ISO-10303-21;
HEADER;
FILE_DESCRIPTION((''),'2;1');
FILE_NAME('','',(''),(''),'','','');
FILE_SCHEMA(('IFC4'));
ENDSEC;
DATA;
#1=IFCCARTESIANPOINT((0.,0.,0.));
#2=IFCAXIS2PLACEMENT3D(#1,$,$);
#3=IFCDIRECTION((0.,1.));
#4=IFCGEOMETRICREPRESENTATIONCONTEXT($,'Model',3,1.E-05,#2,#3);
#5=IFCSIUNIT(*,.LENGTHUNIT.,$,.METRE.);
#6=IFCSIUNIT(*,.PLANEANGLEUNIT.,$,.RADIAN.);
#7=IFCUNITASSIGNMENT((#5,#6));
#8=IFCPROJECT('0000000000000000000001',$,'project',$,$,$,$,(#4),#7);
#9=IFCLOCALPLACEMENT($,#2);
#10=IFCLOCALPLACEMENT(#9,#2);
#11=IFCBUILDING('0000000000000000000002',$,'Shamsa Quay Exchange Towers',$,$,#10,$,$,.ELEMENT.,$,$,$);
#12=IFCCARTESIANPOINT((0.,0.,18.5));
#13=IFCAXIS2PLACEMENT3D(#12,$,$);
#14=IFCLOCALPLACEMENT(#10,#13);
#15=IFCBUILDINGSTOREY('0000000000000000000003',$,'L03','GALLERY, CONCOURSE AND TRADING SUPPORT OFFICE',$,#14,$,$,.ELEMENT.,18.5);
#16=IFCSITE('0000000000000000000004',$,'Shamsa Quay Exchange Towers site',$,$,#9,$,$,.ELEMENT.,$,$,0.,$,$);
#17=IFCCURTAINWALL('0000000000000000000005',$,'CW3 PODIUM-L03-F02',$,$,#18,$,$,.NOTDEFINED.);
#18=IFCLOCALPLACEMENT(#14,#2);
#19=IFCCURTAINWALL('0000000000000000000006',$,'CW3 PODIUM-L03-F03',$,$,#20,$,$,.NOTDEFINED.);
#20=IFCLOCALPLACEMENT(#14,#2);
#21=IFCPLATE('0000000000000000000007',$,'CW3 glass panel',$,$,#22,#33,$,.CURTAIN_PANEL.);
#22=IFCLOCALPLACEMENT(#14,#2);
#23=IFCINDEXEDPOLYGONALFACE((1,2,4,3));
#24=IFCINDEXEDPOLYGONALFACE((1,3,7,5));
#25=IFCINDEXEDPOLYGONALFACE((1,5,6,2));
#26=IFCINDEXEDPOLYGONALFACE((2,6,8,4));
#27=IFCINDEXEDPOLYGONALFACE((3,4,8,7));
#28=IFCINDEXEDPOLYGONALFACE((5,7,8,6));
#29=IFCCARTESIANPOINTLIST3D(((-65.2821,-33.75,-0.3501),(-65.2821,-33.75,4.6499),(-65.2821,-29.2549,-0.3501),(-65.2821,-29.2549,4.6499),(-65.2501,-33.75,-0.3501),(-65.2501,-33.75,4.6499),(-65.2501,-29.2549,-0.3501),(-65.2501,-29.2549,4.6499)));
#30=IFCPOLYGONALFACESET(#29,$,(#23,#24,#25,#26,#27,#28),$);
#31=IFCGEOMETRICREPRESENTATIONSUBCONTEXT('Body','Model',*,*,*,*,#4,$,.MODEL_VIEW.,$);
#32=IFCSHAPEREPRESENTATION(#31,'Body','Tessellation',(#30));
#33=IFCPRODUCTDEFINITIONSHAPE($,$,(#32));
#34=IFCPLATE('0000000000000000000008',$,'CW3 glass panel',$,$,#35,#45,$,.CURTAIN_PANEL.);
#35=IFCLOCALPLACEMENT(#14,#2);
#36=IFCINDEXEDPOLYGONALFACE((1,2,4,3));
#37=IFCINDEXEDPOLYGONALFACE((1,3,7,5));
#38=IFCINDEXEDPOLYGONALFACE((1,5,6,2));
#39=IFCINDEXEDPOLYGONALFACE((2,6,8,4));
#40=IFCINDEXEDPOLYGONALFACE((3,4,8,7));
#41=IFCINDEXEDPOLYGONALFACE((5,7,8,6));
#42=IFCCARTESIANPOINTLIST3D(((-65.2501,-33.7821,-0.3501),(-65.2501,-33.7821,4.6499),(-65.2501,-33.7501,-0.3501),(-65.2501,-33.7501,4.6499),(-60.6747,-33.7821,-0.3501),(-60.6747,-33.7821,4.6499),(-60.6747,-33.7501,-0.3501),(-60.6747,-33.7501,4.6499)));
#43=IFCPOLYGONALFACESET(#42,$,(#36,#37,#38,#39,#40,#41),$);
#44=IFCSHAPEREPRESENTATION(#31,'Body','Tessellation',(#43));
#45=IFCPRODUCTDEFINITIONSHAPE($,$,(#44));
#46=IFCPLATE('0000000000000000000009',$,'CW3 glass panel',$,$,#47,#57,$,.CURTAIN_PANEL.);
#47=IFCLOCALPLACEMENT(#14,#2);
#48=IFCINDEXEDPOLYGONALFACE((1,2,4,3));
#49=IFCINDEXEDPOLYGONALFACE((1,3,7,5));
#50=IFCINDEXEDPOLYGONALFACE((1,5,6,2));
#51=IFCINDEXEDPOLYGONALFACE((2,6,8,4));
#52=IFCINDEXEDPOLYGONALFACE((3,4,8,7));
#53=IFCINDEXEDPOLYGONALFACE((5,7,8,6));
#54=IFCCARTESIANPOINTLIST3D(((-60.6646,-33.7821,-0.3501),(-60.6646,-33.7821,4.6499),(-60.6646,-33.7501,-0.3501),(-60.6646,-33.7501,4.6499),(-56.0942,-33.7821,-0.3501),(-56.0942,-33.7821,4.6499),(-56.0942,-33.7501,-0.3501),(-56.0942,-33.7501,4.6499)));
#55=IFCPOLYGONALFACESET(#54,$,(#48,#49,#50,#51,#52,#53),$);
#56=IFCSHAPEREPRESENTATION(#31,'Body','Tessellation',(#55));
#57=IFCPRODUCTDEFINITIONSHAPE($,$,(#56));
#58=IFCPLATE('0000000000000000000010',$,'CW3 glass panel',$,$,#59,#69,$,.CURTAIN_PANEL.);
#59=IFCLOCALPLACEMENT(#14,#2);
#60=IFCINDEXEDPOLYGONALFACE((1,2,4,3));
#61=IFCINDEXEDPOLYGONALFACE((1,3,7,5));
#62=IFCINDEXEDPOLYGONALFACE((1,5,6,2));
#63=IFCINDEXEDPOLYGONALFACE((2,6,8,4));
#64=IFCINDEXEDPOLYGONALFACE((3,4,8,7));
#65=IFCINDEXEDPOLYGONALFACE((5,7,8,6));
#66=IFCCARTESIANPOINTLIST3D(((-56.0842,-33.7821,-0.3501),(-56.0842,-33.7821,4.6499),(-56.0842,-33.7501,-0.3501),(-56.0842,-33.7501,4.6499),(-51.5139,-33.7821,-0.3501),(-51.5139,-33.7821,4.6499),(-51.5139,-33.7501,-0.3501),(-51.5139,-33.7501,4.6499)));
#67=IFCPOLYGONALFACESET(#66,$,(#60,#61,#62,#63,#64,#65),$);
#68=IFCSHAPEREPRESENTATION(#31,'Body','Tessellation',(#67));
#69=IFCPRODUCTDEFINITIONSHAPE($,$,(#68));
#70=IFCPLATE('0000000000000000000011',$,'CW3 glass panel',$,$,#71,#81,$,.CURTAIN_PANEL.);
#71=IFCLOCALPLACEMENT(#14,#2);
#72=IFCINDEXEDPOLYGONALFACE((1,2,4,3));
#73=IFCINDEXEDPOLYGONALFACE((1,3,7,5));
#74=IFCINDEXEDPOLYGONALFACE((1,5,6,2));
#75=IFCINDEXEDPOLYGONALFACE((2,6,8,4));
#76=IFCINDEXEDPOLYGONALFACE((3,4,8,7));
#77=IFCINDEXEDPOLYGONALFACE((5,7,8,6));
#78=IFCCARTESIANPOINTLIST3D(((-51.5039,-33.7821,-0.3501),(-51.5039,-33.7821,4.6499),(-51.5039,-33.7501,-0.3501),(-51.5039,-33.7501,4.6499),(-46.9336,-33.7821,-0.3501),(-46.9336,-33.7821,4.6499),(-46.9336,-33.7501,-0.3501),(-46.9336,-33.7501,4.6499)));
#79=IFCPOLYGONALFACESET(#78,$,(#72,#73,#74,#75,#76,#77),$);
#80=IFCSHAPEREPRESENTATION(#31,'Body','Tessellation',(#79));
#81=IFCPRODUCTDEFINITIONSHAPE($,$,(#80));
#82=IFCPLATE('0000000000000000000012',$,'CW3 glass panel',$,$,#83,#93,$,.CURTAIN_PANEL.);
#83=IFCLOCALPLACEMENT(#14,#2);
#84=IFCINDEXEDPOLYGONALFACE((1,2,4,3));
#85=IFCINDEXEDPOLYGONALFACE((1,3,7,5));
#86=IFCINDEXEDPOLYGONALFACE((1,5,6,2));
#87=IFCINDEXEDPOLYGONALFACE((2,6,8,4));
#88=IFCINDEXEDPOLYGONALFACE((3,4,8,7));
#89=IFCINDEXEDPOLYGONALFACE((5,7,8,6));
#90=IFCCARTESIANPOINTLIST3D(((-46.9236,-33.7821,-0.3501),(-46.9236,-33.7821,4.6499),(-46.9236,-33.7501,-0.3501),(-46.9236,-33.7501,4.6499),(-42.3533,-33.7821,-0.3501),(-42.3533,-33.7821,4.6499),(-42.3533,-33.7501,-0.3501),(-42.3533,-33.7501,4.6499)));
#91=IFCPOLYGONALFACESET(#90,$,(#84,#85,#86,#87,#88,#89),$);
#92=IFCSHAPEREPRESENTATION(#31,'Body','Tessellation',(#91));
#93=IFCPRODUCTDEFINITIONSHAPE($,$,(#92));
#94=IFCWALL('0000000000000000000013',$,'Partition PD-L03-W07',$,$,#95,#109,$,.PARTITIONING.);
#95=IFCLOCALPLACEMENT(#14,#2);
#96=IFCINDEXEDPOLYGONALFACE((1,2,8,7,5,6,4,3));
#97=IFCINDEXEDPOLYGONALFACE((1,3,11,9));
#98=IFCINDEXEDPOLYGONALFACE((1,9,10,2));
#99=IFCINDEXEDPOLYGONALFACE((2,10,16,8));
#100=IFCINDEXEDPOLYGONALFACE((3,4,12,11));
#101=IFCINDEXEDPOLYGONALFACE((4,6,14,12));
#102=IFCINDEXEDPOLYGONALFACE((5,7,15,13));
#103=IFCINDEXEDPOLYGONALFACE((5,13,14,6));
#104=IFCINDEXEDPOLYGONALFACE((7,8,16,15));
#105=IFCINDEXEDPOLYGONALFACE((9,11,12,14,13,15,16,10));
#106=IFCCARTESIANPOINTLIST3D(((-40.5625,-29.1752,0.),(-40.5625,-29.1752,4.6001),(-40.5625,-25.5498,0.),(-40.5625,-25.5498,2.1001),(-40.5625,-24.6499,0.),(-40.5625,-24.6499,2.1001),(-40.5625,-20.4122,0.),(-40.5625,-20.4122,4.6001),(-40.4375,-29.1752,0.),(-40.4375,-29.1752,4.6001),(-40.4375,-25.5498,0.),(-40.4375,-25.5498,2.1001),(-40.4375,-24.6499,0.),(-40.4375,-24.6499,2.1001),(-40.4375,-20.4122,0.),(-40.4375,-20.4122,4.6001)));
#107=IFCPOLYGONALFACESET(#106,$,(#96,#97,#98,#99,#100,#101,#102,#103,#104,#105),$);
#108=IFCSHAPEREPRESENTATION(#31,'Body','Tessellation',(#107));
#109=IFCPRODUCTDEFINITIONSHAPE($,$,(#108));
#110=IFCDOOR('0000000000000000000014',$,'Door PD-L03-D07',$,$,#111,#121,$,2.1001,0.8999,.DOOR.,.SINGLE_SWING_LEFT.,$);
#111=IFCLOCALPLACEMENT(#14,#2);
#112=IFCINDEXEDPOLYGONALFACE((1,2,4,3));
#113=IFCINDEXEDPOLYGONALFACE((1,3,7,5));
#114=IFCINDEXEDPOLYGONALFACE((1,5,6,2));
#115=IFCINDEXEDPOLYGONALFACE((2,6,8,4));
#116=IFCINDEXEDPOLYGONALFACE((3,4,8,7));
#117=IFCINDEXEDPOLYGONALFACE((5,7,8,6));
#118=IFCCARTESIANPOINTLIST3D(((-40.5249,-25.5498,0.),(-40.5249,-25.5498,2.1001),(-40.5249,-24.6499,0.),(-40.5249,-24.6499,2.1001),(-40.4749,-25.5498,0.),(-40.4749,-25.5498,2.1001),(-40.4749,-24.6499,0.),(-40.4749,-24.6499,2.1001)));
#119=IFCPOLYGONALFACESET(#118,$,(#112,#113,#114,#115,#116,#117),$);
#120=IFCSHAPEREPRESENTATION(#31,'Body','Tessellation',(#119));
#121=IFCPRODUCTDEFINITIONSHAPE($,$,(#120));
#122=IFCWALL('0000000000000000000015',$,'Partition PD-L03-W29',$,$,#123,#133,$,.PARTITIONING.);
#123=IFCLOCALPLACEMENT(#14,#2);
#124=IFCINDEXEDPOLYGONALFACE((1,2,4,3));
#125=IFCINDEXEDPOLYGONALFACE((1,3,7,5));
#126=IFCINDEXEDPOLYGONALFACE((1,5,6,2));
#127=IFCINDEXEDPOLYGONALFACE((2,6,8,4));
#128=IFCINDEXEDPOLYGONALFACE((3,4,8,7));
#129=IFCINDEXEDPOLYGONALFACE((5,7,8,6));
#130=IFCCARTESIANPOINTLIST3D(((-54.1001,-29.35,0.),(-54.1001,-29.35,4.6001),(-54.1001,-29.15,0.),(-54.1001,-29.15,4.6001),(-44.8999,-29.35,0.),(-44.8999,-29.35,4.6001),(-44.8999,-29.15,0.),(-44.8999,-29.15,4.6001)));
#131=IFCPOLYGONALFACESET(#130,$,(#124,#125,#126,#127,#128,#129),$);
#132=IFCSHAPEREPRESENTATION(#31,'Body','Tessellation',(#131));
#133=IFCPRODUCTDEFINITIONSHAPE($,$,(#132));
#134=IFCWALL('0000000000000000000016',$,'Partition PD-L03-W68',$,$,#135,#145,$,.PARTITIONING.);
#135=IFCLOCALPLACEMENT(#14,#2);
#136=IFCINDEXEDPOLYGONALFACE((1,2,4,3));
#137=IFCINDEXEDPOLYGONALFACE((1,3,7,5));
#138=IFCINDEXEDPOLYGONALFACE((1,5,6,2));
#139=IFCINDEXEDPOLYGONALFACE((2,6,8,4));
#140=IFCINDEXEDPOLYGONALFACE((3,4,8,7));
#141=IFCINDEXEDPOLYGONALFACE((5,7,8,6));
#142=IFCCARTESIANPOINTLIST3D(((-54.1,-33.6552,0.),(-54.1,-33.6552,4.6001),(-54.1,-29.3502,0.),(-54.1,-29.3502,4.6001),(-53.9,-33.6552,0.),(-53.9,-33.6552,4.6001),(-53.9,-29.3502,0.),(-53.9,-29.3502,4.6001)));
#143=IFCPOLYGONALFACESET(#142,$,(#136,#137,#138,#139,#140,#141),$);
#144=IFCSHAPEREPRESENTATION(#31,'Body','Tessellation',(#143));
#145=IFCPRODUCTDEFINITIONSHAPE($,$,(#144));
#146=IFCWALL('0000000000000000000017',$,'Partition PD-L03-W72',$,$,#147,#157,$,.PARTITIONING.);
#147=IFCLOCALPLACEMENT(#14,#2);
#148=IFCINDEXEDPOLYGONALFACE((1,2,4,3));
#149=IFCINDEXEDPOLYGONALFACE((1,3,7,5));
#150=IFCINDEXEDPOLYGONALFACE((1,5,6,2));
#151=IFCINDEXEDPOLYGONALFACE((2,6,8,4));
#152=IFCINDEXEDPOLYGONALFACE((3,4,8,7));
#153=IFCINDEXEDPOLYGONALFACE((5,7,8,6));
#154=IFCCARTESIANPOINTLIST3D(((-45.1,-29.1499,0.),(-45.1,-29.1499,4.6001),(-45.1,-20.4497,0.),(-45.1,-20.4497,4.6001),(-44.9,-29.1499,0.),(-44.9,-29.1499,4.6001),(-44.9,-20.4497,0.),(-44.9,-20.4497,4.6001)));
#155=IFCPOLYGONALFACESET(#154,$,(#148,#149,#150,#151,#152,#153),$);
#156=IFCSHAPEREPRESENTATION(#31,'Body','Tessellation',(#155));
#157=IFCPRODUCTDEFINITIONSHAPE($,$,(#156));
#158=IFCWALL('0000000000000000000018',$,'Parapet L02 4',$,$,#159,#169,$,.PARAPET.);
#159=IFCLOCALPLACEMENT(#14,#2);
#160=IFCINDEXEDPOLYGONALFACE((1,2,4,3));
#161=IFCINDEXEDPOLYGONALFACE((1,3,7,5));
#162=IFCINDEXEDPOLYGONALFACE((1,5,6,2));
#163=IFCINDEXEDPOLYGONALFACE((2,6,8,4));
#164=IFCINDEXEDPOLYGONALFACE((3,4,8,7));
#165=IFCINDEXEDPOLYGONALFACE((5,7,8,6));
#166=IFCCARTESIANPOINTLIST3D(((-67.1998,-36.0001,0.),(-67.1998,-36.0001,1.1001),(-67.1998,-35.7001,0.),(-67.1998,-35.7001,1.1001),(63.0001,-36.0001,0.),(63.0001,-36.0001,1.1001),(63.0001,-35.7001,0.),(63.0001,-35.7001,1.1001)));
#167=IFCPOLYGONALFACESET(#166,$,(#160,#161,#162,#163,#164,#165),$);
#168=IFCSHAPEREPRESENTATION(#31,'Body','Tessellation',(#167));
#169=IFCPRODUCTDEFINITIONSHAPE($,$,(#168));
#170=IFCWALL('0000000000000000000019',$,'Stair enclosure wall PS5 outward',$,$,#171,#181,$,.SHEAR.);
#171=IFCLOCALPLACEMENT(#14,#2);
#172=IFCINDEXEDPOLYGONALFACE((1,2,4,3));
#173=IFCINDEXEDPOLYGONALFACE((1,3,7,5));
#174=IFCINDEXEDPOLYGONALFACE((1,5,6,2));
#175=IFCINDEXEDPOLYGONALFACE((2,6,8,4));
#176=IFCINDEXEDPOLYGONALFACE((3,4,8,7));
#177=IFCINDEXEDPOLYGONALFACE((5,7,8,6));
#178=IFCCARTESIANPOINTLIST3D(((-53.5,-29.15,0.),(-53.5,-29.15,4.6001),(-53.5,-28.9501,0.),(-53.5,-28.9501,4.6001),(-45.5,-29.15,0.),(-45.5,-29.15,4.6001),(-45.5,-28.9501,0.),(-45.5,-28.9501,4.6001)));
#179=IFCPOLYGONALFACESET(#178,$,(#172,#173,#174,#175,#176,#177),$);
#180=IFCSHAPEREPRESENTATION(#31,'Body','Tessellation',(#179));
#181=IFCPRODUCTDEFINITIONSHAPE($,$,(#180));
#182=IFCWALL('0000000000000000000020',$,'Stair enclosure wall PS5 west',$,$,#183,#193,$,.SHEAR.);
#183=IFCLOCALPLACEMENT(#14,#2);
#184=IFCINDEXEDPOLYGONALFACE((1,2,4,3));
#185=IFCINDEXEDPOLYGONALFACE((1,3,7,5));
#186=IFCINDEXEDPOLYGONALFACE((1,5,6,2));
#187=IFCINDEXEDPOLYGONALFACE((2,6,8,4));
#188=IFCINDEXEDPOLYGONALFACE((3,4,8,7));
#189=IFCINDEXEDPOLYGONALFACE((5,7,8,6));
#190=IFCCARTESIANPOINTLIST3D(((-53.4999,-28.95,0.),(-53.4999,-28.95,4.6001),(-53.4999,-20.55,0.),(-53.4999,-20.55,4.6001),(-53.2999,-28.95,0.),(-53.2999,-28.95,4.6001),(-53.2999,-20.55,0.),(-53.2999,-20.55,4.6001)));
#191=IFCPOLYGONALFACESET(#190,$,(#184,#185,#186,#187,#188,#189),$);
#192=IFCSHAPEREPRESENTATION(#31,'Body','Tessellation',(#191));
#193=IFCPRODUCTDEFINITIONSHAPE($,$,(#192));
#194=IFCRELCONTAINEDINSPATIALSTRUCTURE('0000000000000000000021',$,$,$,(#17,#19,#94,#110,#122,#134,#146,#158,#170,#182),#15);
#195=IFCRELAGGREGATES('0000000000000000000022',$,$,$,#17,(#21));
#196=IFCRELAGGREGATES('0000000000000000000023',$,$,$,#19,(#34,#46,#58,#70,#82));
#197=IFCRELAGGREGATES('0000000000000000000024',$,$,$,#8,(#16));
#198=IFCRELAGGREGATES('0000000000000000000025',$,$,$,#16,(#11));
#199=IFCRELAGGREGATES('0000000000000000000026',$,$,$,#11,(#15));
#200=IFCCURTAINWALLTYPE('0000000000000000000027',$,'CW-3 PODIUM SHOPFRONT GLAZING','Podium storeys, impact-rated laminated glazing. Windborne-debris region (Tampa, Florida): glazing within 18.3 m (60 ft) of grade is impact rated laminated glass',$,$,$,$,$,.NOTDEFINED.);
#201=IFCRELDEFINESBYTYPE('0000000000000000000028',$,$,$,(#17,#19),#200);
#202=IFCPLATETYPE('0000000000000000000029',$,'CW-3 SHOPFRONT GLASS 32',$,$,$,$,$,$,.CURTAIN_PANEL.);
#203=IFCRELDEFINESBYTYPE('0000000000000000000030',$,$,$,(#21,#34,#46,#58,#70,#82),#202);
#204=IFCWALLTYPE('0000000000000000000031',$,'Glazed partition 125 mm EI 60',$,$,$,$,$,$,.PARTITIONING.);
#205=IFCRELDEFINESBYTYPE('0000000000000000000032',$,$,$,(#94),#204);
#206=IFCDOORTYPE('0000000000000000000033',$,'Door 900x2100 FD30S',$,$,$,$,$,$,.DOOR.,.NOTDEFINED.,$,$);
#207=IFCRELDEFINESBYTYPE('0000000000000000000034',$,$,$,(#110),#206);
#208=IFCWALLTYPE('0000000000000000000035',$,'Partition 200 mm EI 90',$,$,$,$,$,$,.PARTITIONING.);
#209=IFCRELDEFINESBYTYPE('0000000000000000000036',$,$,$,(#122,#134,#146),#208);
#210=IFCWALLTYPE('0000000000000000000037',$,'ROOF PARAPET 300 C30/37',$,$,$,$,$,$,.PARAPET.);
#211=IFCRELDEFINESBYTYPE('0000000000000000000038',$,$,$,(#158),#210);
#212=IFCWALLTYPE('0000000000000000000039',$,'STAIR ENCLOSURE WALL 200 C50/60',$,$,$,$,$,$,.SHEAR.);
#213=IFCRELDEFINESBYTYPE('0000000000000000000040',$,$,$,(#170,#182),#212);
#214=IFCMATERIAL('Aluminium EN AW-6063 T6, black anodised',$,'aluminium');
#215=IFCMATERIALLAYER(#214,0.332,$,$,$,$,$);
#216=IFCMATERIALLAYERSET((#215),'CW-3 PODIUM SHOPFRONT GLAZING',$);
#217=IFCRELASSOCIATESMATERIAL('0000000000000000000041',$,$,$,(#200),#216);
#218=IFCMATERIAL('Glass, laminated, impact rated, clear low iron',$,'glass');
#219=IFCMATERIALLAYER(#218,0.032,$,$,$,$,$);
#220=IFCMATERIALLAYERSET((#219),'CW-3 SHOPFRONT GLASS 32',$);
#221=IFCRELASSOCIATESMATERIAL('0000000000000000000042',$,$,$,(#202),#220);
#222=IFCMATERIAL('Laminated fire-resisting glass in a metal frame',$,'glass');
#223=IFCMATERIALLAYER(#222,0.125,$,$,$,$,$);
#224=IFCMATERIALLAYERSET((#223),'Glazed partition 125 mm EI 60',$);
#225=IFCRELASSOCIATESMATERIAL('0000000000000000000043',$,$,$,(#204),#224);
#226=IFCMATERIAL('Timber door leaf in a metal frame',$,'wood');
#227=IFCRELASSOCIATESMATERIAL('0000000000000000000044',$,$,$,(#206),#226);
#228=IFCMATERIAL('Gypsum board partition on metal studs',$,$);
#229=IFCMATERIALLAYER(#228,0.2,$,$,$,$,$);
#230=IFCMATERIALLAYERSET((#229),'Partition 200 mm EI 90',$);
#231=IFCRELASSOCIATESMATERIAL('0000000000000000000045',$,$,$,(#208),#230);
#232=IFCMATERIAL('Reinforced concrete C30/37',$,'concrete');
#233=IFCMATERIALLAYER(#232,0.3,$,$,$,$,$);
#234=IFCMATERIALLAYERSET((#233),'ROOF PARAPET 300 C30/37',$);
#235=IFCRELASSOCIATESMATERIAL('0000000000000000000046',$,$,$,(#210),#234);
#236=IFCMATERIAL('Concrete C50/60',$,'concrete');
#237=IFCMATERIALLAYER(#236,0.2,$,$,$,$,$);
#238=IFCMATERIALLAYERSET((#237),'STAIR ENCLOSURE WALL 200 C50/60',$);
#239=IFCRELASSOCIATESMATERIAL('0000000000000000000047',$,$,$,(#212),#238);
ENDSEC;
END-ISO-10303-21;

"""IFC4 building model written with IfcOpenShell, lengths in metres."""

from ifc_helpers import new_model, si_unit, direction, frame, frame_2d, origin, origin_2d, place, context, subcontext, project, spatial, rectangle, extrude, material, layer, layer_set, type_object, element, fill, aggregate, save


model = new_model("IFC4")

# Units and contexts
model_context = context("Model", 3, precision=1e-05, world=origin(), true_north=direction((0.0, 1.0)))
body_context = subcontext(model_context, "Body", "Model", "MODEL_VIEW")
ifc_project = project(units=[si_unit("LENGTHUNIT", "METRE"), si_unit("PLANEANGLEUNIT", "RADIAN")], contexts=[model_context])

# Site, building, storey
site_placement = place(None, origin())
site = spatial("IfcSite", under=ifc_project, at=site_placement, Name="Shamsa Quay Exchange Towers site", CompositionType="ELEMENT", RefElevation=0.0)
building_placement = place(site_placement, origin())
building = spatial("IfcBuilding", under=site, at=building_placement, Name="Shamsa Quay Exchange Towers", CompositionType="ELEMENT")
storey_placement = place(building_placement, frame((0.0, 0.0, 18.5)))
storey = spatial("IfcBuildingStorey", under=building, at=storey_placement, Name="L03", Description="GALLERY, CONCOURSE AND TRADING SUPPORT OFFICE", CompositionType="ELEMENT", Elevation=18.5)

# Curtain walls
ifc_material_1 = material(Name="Aluminium EN AW-6063 T6, black anodised", Category="aluminium")
ifc_layer_1 = layer(ifc_material_1, 0.332)
ifc_layer_set_1 = layer_set([ifc_layer_1], Name="CW-3 PODIUM SHOPFRONT GLAZING")
curtain_wall_type = type_object("IfcCurtainWallType", Name="CW-3 PODIUM SHOPFRONT GLAZING", Description="Podium storeys, impact-rated laminated glazing. Windborne-debris region (Tampa, Florida): glazing within 18.3 m (60 ft) of grade is impact rated laminated glass", PredefinedType="NOTDEFINED", material=ifc_layer_set_1)
curtain_wall_1_placement = place(storey_placement, origin())
curtain_wall_1 = element("IfcCurtainWall", 1, at=curtain_wall_1_placement, inside=storey, type_object=curtain_wall_type, Name="CW3 PODIUM-L03-F02", PredefinedType="NOTDEFINED")
curtain_wall_2_placement = place(storey_placement, origin())
curtain_wall_2 = element("IfcCurtainWall", 2, at=curtain_wall_2_placement, inside=storey, type_object=curtain_wall_type, Name="CW3 PODIUM-L03-F03", PredefinedType="NOTDEFINED")

# Plates
ifc_material_2 = material(Name="Glass, laminated, impact rated, clear low iron", Category="glass")
ifc_layer_2 = layer(ifc_material_2, 0.032)
ifc_layer_set_2 = layer_set([ifc_layer_2], Name="CW-3 SHOPFRONT GLASS 32")
plate_type = type_object("IfcPlateType", Name="CW-3 SHOPFRONT GLASS 32", PredefinedType="CURTAIN_PANEL", material=ifc_layer_set_2)
plate_1_placement = place(storey_placement, frame((-65.2661, -31.5024, -0.3501), z_axis=(0.0, 0.0, 1.0), x_axis=(0.0, -1.0, 0.0)))
plate_1 = element("IfcPlate", 3, at=plate_1_placement, type_object=plate_type, Name="CW3 glass panel", PredefinedType="CURTAIN_PANEL", context=body_context, shape_type="SweptSolid", body=[
    extrude(rectangle(XDim=4.4951, YDim=0.032, at=origin_2d()), origin(), (0.0, 0.0, 1.0), 5.0),
])
aggregate(curtain_wall_1, [plate_1])
plate_2_placement = place(storey_placement, frame((-62.9624, -33.7661, -0.3501)))
plate_2 = element("IfcPlate", 4, at=plate_2_placement, type_object=plate_type, Name="CW3 glass panel", PredefinedType="CURTAIN_PANEL", context=body_context, shape_type="SweptSolid", body=[
    extrude(rectangle(XDim=4.5754, YDim=0.032, at=origin_2d()), origin(), (0.0, 0.0, 1.0), 5.0),
])
plate_3_placement = place(storey_placement, frame((-58.3794, -33.7661, -0.3501)))
plate_3 = element("IfcPlate", 5, at=plate_3_placement, type_object=plate_type, Name="CW3 glass panel", PredefinedType="CURTAIN_PANEL", context=body_context, shape_type="SweptSolid", body=[
    extrude(rectangle(XDim=4.5703, YDim=0.032, at=origin_2d()), origin(), (0.0, 0.0, 1.0), 5.0),
])
plate_4_placement = place(storey_placement, frame((-53.7991, -33.7661, -0.3501)))
plate_4 = element("IfcPlate", 6, at=plate_4_placement, type_object=plate_type, Name="CW3 glass panel", PredefinedType="CURTAIN_PANEL", context=body_context, shape_type="SweptSolid", body=[
    extrude(rectangle(XDim=4.5703, YDim=0.032, at=origin_2d()), origin(), (0.0, 0.0, 1.0), 5.0),
])
plate_5_placement = place(storey_placement, frame((-49.2188, -33.7661, -0.3501)))
plate_5 = element("IfcPlate", 7, at=plate_5_placement, type_object=plate_type, Name="CW3 glass panel", PredefinedType="CURTAIN_PANEL", context=body_context, shape_type="SweptSolid", body=[
    extrude(rectangle(XDim=4.5703, YDim=0.032, at=origin_2d()), origin(), (0.0, 0.0, 1.0), 5.0),
])
plate_6_placement = place(storey_placement, frame((-44.6384, -33.7661, -0.3501)))
plate_6 = element("IfcPlate", 8, at=plate_6_placement, type_object=plate_type, Name="CW3 glass panel", PredefinedType="CURTAIN_PANEL", context=body_context, shape_type="SweptSolid", body=[
    extrude(rectangle(XDim=4.5703, YDim=0.032, at=origin_2d()), origin(), (0.0, 0.0, 1.0), 5.0),
])
aggregate(curtain_wall_2, [plate_2, plate_3, plate_4, plate_5, plate_6])

# Wall, opening, door
ifc_material_3 = material(Name="Laminated fire-resisting glass in a metal frame", Category="glass")
ifc_layer_3 = layer(ifc_material_3, 0.125)
ifc_layer_set_3 = layer_set([ifc_layer_3], Name="Glazed partition 125 mm EI 60")
wall_type_1 = type_object("IfcWallType", Name="Glazed partition 125 mm EI 60", PredefinedType="PARTITIONING", material=ifc_layer_set_3)
wall_1_placement = place(storey_placement, frame((-40.5, -29.175, 0.0), z_axis=(0.0, 0.0, 1.0), x_axis=(0.0, 1.0, 0.0)))
wall_1 = element("IfcWall", 9, at=wall_1_placement, inside=storey, type_object=wall_type_1, Name="Partition PD-L03-W07", PredefinedType="PARTITIONING", context=body_context, shape_type="SweptSolid", body=[
    extrude(rectangle(XDim=8.7629, YDim=0.125, at=frame_2d((4.3813, 0.0))), origin(), (0.0, 0.0, 1.0), 4.6001),
])
opening_1_placement = place(wall_1_placement, frame((3.6252, 0.0, 0.0)))
opening_1 = element("IfcOpeningElement", 10, at=opening_1_placement, cuts=wall_1, PredefinedType="OPENING", context=body_context, shape_type="SweptSolid", body=[
    extrude(rectangle(XDim=0.8999, YDim=2.1001, at=frame_2d((0.45, 1.05))), frame((0.0, 0.0725, 0.0), z_axis=(0.0, -1.0, 0.0), x_axis=(1.0, 0.0, 0.0)), (0.0, 0.0, 1.0), 0.145),
])
ifc_material_4 = material(Name="Timber door leaf in a metal frame", Category="wood")
door_type_1 = type_object("IfcDoorType", Name="Door 900x2100 FD30S", OperationType="NOTDEFINED", PredefinedType="DOOR", material=ifc_material_4)
door_1_placement = place(opening_1_placement, origin())
door_1 = element("IfcDoor", 11, at=door_1_placement, inside=storey, type_object=door_type_1, Name="Door PD-L03-D07", OperationType="SINGLE_SWING_LEFT", OverallHeight=2.1001, OverallWidth=0.8999, PredefinedType="DOOR", context=body_context, shape_type="SweptSolid", body=[
    extrude(rectangle(XDim=0.8999, YDim=2.1001, at=frame_2d((0.45, 1.05))), frame((0.0, 0.0249, 0.0), z_axis=(0.0, -1.0, 0.0), x_axis=(1.0, 0.0, 0.0)), (0.0, 0.0, 1.0), 0.05),
])
fill(opening_1, door_1)
ifc_material_5 = material(Name="Gypsum board partition on metal studs")

# Walls
ifc_layer_4 = layer(ifc_material_5, 0.2)
ifc_layer_set_4 = layer_set([ifc_layer_4], Name="Partition 200 mm EI 90")
wall_type_2 = type_object("IfcWallType", Name="Partition 200 mm EI 90", PredefinedType="PARTITIONING", material=ifc_layer_set_4)
wall_2_placement = place(storey_placement, frame((-54.1001, -29.25, 0.0)))
element("IfcWall", 12, at=wall_2_placement, inside=storey, type_object=wall_type_2, Name="Partition PD-L03-W29", PredefinedType="PARTITIONING", context=body_context, shape_type="SweptSolid", body=[
    extrude(rectangle(XDim=9.2002, YDim=0.2, at=frame_2d((4.6001, 0.0))), origin(), (0.0, 0.0, 1.0), 4.6001),
])
wall_3_placement = place(storey_placement, frame((-54.0, -33.655, 0.0), z_axis=(0.0, 0.0, 1.0), x_axis=(0.0, 1.0, 0.0)))
element("IfcWall", 13, at=wall_3_placement, inside=storey, type_object=wall_type_2, Name="Partition PD-L03-W68", PredefinedType="PARTITIONING", context=body_context, shape_type="SweptSolid", body=[
    extrude(rectangle(XDim=4.3049, YDim=0.2, at=frame_2d((2.1523, 0.0))), origin(), (0.0, 0.0, 1.0), 4.6001),
])
wall_4_placement = place(storey_placement, frame((-45.0, -29.1499, 0.0), z_axis=(0.0, 0.0, 1.0), x_axis=(0.0, 1.0, 0.0)))
element("IfcWall", 14, at=wall_4_placement, inside=storey, type_object=wall_type_2, Name="Partition PD-L03-W72", PredefinedType="PARTITIONING", context=body_context, shape_type="SweptSolid", body=[
    extrude(rectangle(XDim=8.7002, YDim=0.2, at=frame_2d((4.3501, 0.0))), origin(), (0.0, 0.0, 1.0), 4.6001),
])
ifc_material_6 = material(Name="Reinforced concrete C30/37", Category="concrete")
ifc_layer_5 = layer(ifc_material_6, 0.3)
ifc_layer_set_5 = layer_set([ifc_layer_5], Name="ROOF PARAPET 300 C30/37")
wall_type_3 = type_object("IfcWallType", Name="ROOF PARAPET 300 C30/37", PredefinedType="PARAPET", material=ifc_layer_set_5)
wall_5_placement = place(storey_placement, frame((-67.2, -35.8501, 0.0)))
element("IfcWall", 15, at=wall_5_placement, inside=storey, type_object=wall_type_3, Name="Parapet L02 4", PredefinedType="PARAPET", context=body_context, shape_type="SweptSolid", body=[
    extrude(rectangle(XDim=130.2, YDim=0.3, at=frame_2d((65.1001, 0.0))), origin(), (0.0, 0.0, 1.0), 1.1001),
])
ifc_material_7 = material(Name="Concrete C50/60", Category="concrete")
ifc_layer_6 = layer(ifc_material_7, 0.2)
ifc_layer_set_6 = layer_set([ifc_layer_6], Name="STAIR ENCLOSURE WALL 200 C50/60")
wall_type_4 = type_object("IfcWallType", Name="STAIR ENCLOSURE WALL 200 C50/60", PredefinedType="SHEAR", material=ifc_layer_set_6)
wall_6_placement = place(storey_placement, frame((-53.5, -29.05, 0.0)))
element("IfcWall", 16, at=wall_6_placement, inside=storey, type_object=wall_type_4, Name="Stair enclosure wall PS5 outward", PredefinedType="SHEAR", context=body_context, shape_type="SweptSolid", body=[
    extrude(rectangle(XDim=8.0, YDim=0.2, at=frame_2d((4.0, 0.0))), origin(), (0.0, 0.0, 1.0), 4.6001),
])
for number, where, z_axis, x_axis, name in (
    (17, (-53.3999, -28.95, 0.0), (0.0, 0.0, 1.0), (0.0, 1.0, 0.0), "Stair enclosure wall PS5 west"),
):
    element("IfcWall", number, at=place(storey_placement, frame(where, z_axis=z_axis, x_axis=x_axis)), inside=storey, type_object=wall_type_4, Name=name, PredefinedType="SHEAR", context=body_context, shape_type="SweptSolid", body=[
        extrude(rectangle(XDim=8.3999, YDim=0.2, at=frame_2d((4.2, 0.0))), origin(), (0.0, 0.0, 1.0), 4.6001),
    ])

save(model, "model.ifc")
